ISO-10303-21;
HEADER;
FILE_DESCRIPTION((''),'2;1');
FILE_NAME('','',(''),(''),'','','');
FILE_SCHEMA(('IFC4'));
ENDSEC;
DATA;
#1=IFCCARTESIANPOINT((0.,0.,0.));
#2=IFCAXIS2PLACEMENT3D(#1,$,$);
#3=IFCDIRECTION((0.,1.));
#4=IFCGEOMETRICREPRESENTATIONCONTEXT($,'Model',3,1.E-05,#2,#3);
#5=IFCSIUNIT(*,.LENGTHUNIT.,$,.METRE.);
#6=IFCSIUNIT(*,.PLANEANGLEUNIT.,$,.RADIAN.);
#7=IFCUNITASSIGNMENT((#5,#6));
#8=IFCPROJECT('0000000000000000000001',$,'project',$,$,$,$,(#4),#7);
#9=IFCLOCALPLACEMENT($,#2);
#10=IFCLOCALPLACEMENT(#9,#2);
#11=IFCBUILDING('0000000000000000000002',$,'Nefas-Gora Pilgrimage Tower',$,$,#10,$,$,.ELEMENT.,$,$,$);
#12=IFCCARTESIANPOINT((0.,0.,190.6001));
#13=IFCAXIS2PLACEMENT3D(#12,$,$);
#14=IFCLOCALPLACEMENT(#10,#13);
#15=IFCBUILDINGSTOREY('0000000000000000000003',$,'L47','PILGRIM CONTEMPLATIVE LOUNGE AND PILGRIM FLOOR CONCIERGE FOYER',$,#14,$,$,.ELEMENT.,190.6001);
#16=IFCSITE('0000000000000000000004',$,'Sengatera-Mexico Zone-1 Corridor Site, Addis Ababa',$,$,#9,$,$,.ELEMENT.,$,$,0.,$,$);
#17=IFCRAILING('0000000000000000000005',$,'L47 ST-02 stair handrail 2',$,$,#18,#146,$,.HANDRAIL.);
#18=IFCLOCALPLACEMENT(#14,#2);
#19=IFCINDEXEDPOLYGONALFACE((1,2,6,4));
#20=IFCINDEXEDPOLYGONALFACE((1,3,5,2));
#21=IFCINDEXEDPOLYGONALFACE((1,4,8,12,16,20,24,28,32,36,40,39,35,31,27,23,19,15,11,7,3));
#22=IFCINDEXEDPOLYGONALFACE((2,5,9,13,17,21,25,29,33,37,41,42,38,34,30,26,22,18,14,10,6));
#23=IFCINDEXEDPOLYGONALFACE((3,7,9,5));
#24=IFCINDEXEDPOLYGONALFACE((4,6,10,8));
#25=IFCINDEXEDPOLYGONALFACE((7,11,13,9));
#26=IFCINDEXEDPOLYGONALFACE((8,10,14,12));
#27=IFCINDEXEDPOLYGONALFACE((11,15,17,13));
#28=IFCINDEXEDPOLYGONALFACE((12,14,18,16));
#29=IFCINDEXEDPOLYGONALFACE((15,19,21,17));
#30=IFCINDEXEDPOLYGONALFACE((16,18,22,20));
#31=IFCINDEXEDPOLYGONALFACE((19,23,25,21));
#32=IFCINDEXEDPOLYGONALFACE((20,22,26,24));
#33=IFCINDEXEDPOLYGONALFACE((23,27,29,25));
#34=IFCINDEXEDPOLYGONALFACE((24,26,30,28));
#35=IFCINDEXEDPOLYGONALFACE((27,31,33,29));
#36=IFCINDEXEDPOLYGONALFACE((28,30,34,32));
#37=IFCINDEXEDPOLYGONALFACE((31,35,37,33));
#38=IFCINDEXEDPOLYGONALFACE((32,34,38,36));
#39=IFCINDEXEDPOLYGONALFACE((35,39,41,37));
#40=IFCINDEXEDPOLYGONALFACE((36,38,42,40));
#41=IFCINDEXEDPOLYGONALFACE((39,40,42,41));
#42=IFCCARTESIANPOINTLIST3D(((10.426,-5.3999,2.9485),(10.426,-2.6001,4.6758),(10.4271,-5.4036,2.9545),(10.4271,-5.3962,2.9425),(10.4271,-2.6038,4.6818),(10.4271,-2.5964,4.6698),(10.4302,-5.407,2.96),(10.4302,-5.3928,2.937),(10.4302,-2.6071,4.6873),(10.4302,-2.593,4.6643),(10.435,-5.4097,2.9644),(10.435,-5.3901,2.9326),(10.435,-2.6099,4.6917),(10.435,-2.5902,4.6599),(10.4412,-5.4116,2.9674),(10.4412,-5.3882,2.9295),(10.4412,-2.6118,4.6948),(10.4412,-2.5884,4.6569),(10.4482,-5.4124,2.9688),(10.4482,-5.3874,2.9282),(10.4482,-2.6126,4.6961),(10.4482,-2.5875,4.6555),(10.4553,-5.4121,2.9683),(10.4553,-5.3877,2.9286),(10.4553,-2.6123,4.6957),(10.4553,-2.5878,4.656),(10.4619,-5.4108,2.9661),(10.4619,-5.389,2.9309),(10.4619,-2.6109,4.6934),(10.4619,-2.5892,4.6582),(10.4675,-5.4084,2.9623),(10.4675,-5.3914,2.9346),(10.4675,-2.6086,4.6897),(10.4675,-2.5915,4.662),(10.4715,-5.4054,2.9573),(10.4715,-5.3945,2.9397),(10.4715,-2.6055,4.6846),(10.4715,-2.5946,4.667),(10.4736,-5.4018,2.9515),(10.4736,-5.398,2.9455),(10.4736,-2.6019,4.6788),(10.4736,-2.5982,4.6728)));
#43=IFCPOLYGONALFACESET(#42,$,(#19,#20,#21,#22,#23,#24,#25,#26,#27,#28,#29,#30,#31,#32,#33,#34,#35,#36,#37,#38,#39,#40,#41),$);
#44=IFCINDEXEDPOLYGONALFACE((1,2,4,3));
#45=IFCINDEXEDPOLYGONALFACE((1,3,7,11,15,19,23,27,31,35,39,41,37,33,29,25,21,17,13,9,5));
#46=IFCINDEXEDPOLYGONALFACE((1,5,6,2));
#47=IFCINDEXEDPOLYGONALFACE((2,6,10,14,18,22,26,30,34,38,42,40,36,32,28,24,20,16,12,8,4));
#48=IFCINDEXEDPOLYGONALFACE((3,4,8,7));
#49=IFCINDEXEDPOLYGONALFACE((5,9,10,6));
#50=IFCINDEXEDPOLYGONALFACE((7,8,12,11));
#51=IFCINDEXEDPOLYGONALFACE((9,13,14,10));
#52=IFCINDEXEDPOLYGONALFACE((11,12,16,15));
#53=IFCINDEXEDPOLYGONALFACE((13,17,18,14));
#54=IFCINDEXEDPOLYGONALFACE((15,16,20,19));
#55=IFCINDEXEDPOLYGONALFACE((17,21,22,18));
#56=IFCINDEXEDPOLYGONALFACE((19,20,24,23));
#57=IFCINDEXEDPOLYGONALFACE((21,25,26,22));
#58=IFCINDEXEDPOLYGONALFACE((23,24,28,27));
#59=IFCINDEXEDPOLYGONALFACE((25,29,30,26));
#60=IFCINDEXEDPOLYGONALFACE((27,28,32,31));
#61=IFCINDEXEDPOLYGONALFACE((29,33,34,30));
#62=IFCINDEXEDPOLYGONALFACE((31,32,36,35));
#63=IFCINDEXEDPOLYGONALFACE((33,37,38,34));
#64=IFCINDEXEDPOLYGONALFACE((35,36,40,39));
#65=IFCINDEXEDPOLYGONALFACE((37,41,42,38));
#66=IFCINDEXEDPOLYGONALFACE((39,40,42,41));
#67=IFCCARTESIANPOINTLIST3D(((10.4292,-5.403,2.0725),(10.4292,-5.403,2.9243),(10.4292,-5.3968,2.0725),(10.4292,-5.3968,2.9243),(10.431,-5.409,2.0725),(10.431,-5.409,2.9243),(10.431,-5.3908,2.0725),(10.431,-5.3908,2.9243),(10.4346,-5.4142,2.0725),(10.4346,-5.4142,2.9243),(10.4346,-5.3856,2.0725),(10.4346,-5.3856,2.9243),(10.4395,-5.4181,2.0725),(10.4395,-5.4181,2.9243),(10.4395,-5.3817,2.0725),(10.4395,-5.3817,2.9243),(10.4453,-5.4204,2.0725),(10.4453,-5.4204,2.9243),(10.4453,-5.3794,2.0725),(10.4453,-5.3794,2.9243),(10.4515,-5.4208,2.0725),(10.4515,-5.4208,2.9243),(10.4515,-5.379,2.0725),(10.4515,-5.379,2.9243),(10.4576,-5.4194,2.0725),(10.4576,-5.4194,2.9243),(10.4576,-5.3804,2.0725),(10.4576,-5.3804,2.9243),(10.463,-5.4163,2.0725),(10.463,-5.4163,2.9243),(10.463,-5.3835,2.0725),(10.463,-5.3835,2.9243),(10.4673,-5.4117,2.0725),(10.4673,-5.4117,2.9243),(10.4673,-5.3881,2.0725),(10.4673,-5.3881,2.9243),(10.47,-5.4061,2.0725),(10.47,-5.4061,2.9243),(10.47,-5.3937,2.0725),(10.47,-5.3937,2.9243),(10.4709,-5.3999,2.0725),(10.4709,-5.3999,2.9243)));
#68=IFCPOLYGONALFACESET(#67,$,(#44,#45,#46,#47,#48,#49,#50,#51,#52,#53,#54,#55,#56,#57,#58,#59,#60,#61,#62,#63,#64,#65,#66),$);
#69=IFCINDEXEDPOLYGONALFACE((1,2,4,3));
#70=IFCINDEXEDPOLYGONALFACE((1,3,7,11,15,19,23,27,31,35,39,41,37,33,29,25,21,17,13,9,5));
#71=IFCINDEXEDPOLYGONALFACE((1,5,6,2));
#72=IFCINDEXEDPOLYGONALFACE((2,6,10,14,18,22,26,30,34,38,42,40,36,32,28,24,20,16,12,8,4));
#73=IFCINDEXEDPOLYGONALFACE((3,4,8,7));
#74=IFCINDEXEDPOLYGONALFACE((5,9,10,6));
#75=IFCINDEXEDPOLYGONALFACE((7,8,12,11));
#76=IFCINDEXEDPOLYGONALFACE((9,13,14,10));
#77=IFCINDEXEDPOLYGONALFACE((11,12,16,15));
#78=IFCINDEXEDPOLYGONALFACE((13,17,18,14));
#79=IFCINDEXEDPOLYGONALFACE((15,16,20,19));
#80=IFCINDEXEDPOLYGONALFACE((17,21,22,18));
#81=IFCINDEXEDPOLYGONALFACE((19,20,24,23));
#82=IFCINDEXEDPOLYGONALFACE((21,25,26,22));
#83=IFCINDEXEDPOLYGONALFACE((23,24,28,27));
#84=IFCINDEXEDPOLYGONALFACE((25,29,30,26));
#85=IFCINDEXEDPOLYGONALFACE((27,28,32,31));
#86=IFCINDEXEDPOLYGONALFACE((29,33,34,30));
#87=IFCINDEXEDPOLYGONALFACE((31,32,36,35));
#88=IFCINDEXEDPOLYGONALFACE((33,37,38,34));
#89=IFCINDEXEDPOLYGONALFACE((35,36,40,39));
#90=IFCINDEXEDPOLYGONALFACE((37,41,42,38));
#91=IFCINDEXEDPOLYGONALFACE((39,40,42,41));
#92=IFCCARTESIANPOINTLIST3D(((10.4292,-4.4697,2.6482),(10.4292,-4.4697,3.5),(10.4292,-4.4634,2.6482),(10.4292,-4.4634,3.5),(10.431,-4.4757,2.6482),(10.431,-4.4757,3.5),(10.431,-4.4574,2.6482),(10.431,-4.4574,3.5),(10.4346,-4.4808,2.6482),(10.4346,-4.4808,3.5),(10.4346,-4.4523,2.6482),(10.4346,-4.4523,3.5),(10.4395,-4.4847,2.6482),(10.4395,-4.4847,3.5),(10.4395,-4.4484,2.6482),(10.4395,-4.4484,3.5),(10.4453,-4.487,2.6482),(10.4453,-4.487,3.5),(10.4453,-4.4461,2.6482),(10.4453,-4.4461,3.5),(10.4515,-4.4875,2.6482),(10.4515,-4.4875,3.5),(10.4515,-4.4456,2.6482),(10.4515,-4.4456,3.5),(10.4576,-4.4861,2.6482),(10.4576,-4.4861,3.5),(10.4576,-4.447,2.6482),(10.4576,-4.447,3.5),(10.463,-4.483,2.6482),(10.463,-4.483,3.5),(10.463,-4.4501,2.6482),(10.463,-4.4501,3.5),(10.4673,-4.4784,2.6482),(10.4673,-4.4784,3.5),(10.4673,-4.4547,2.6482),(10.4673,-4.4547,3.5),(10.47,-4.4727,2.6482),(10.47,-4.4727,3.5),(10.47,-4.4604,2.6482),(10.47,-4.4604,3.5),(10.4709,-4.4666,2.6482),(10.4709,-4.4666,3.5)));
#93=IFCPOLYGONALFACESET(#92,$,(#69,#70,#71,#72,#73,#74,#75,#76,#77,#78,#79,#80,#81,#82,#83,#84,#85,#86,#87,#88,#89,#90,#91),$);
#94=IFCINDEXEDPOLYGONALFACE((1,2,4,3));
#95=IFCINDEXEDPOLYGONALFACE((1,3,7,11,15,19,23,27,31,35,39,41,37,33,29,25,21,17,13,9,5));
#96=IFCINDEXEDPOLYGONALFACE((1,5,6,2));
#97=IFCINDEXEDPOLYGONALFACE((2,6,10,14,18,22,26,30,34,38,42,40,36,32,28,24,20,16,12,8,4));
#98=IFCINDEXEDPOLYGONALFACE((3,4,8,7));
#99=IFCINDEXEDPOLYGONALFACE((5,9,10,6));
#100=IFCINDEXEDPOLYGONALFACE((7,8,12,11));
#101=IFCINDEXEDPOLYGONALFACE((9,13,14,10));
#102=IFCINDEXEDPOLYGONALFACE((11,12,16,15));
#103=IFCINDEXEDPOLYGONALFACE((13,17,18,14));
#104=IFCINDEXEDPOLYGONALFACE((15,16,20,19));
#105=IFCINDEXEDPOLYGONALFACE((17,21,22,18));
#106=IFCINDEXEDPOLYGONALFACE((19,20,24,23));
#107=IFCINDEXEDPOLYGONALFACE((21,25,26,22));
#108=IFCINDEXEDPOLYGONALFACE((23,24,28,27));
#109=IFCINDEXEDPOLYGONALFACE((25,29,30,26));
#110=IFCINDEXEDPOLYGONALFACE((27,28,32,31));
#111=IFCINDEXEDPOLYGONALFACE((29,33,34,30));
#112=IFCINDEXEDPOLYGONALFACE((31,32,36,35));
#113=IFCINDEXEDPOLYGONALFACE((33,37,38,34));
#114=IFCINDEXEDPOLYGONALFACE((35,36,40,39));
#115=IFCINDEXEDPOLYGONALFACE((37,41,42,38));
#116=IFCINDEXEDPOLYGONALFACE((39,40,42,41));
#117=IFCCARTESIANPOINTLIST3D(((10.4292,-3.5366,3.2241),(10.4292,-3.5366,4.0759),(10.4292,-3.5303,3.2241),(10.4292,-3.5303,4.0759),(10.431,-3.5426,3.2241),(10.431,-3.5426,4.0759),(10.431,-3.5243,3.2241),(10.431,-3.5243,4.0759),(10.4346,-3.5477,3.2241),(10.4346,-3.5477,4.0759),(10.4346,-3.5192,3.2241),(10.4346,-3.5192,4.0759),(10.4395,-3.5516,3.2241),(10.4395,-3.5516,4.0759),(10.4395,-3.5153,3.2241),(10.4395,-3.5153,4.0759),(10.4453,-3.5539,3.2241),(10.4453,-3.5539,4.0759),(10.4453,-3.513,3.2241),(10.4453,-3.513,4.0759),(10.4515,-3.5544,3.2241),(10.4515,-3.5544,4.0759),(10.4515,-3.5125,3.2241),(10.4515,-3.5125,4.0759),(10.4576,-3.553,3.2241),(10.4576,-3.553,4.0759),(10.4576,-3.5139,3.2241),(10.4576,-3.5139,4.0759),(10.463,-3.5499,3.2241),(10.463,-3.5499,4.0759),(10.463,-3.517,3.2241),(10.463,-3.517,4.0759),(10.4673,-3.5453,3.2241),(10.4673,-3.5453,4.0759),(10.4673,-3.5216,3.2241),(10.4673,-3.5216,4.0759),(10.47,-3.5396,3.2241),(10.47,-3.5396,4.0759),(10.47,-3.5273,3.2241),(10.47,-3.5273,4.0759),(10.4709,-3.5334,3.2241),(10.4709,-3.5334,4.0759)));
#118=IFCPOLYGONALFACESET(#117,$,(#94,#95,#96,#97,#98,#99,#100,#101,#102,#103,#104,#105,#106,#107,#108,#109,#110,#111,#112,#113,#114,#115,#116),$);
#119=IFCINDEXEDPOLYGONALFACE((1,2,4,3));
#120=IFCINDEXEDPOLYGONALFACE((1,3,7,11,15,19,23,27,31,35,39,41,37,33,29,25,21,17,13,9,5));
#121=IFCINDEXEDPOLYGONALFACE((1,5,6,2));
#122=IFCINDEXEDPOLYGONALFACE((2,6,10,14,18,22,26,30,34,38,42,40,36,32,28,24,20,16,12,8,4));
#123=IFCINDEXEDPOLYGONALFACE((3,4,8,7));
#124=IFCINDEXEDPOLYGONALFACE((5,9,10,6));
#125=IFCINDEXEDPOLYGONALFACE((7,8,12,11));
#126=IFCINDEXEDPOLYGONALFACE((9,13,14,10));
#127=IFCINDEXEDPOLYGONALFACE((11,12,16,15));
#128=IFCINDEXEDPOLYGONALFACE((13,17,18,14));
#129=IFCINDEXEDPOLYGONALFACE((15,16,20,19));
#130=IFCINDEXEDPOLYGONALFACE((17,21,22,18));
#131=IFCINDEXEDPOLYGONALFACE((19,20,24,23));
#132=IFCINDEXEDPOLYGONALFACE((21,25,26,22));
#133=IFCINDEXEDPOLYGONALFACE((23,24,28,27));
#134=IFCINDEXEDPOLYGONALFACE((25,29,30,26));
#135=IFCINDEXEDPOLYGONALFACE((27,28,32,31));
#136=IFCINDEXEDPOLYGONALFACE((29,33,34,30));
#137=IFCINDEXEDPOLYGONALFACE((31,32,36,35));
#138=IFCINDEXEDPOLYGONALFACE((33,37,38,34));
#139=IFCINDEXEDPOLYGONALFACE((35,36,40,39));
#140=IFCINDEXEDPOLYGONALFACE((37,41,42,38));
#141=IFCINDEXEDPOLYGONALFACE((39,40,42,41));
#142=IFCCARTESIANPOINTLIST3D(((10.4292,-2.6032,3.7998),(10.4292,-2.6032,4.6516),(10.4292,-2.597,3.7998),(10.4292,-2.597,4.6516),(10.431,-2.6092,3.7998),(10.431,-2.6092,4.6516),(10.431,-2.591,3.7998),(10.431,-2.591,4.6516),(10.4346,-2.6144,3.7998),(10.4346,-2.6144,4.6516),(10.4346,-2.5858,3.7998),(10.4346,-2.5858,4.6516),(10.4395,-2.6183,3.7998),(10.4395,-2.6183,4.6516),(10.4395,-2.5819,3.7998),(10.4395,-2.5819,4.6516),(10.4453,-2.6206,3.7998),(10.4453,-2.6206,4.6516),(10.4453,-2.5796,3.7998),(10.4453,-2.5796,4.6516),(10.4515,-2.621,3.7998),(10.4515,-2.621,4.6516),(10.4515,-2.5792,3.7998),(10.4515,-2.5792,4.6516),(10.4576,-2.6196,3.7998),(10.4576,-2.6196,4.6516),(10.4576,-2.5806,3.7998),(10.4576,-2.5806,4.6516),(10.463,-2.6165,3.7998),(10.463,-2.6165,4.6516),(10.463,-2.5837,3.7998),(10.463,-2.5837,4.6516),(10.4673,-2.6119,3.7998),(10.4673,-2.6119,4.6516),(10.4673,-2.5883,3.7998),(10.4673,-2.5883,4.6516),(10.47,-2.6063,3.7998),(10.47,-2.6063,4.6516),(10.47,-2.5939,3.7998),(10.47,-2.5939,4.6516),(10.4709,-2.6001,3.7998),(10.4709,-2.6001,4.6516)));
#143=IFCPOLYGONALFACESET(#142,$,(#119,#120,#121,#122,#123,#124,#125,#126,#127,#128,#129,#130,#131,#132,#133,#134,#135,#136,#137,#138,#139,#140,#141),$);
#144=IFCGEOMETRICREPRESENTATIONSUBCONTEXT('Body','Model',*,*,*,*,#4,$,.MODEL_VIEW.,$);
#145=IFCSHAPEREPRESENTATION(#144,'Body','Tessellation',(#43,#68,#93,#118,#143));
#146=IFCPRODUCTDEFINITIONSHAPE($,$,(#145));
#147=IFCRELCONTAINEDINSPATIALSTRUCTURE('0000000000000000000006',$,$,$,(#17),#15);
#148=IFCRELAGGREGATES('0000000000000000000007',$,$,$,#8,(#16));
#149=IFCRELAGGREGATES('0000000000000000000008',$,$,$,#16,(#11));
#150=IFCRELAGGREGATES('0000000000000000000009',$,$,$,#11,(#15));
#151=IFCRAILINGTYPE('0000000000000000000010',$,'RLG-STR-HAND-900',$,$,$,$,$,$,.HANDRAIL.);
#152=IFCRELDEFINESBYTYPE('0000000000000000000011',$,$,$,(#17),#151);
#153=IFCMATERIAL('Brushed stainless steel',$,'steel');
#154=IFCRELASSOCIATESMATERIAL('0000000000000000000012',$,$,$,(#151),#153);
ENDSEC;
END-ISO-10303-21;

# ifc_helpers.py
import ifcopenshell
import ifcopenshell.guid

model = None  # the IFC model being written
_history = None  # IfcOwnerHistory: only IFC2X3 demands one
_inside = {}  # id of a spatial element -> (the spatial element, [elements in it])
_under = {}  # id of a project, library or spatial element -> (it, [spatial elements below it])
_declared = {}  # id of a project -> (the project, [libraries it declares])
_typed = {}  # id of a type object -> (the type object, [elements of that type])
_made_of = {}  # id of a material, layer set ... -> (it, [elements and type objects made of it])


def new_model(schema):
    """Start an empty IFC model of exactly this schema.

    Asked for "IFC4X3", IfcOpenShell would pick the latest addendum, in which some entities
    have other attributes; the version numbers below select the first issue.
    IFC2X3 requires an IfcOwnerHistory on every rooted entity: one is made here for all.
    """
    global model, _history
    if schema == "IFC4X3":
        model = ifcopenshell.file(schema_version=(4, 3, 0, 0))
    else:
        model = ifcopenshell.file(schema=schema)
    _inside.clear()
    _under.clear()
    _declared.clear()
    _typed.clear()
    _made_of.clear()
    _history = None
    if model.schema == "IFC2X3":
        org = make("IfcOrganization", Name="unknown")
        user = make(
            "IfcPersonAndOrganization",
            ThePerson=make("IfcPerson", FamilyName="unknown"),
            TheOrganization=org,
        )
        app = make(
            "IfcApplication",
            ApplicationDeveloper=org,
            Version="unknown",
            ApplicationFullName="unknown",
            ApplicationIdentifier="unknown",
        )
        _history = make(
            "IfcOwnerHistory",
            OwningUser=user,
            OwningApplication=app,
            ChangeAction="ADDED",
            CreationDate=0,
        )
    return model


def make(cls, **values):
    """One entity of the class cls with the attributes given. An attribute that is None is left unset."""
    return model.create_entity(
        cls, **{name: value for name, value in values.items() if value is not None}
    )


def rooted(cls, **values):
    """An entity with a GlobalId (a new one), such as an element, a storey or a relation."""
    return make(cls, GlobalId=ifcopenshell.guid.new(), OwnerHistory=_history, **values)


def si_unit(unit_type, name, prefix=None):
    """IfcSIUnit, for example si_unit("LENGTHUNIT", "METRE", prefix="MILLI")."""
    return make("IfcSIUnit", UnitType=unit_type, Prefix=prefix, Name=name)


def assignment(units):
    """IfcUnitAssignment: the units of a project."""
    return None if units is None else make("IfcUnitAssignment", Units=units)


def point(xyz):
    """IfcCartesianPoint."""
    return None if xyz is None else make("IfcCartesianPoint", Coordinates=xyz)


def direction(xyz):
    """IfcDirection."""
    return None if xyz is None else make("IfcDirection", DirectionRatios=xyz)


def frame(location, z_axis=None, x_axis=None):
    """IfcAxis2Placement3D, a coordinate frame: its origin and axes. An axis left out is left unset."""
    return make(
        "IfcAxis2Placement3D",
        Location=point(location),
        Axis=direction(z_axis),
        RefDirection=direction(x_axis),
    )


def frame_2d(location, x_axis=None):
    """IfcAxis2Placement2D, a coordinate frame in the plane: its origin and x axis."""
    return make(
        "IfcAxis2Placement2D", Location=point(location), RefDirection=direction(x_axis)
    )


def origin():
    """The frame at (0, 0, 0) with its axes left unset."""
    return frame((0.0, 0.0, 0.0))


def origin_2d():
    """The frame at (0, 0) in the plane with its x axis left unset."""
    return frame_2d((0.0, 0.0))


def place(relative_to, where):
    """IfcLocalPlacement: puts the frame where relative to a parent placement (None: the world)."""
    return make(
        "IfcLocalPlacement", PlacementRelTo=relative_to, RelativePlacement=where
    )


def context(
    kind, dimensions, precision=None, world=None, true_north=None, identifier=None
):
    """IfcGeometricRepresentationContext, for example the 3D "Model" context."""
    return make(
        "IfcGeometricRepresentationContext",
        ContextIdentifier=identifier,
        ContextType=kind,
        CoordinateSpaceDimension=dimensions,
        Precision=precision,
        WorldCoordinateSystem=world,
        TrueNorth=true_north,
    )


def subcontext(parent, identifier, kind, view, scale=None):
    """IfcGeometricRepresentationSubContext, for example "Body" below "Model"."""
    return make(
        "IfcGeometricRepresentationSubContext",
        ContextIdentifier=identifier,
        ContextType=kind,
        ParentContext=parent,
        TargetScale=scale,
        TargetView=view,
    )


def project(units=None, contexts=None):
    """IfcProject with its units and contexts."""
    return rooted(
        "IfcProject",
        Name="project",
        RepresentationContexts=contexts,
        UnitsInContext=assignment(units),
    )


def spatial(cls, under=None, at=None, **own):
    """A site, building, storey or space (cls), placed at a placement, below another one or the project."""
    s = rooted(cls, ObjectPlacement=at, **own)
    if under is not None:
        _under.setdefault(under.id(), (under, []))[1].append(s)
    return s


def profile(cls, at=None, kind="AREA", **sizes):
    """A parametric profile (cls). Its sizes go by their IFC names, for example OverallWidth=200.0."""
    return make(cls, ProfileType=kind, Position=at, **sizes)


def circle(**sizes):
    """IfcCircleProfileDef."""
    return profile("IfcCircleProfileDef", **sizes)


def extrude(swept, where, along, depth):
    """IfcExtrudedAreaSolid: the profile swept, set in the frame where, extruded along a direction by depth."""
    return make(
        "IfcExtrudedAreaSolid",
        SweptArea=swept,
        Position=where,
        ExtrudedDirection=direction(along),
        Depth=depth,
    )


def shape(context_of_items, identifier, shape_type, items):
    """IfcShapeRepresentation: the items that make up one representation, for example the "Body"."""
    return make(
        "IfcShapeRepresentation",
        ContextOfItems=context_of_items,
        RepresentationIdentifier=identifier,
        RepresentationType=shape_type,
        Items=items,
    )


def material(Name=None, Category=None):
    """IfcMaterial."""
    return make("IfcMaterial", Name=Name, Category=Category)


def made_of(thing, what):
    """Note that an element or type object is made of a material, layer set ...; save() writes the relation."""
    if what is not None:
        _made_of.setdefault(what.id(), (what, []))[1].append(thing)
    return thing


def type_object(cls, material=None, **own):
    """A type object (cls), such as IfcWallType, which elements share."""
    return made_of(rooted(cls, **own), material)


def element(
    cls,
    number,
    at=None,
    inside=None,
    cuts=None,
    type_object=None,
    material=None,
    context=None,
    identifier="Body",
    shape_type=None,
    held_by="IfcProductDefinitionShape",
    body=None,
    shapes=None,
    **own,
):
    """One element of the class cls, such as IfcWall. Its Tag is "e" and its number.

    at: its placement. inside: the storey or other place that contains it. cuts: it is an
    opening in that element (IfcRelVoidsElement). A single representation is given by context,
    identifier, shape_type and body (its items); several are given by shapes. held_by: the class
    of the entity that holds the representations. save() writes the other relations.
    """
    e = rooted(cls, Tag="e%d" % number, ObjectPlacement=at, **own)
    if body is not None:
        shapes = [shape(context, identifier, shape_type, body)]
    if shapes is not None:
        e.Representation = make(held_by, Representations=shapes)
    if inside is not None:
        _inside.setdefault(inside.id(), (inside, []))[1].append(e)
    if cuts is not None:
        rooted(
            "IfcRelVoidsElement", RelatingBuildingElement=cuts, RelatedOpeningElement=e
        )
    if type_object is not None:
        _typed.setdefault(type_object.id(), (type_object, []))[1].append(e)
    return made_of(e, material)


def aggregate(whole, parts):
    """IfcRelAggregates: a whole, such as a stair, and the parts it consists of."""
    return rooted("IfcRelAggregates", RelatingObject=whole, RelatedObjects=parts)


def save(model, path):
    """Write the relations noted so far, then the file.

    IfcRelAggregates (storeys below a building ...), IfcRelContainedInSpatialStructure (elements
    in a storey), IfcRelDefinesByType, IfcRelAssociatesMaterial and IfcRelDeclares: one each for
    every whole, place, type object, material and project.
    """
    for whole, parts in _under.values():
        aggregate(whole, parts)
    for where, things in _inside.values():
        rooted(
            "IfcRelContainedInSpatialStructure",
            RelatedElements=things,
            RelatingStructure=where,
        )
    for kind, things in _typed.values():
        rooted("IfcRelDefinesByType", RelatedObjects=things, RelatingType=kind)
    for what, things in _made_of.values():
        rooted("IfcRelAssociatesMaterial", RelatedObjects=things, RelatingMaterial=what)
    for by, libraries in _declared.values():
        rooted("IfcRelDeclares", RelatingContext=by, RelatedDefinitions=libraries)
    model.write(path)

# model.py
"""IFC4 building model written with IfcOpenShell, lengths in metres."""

from ifc_helpers import new_model, si_unit, direction, frame, origin, origin_2d, place, context, subcontext, project, spatial, circle, extrude, material, type_object, element, save


model = new_model("IFC4")

# Units and contexts
model_context = context("Model", 3, precision=1e-05, world=origin(), true_north=direction((0.0, 1.0)))
body_context = subcontext(model_context, "Body", "Model", "MODEL_VIEW")
ifc_project = project(units=[si_unit("LENGTHUNIT", "METRE"), si_unit("PLANEANGLEUNIT", "RADIAN")], contexts=[model_context])

# Site, building, storey
site_placement = place(None, origin())
site = spatial("IfcSite", under=ifc_project, at=site_placement, Name="Sengatera-Mexico Zone-1 Corridor Site, Addis Ababa", CompositionType="ELEMENT", RefElevation=0.0)
building_placement = place(site_placement, origin())
building = spatial("IfcBuilding", under=site, at=building_placement, Name="Nefas-Gora Pilgrimage Tower", CompositionType="ELEMENT")
storey_placement = place(building_placement, frame((0.0, 0.0, 190.6001)))
storey = spatial("IfcBuildingStorey", under=building, at=storey_placement, Name="L47", Description="PILGRIM CONTEMPLATIVE LOUNGE AND PILGRIM FLOOR CONCIERGE FOYER", CompositionType="ELEMENT", Elevation=190.6001)

# Railing
ifc_material_1 = material(Name="Brushed stainless steel", Category="steel")
railing_type_1 = type_object("IfcRailingType", Name="RLG-STR-HAND-900", PredefinedType="HANDRAIL", material=ifc_material_1)
railing_1_placement = place(storey_placement, frame((10.45, -5.3999, 2.0725)))
element("IfcRailing", 1, at=railing_1_placement, inside=storey, type_object=railing_type_1, Name="L47 ST-02 stair handrail 2", PredefinedType="HANDRAIL", context=body_context, shape_type="SweptSolid", body=[
    extrude(circle(Radius=0.0239, at=origin_2d()), frame((0.0, 0.0, 0.876), z_axis=(0.0, 0.851069, 0.525054), x_axis=(-1.0, 0.0, 0.0)), (0.0, 0.0, 1.0), 3.2898),
    extrude(circle(Radius=0.021, at=origin_2d()), origin(), (0.0, 0.0, 1.0), 0.8518),
    extrude(circle(Radius=0.021, at=origin_2d()), frame((0.0, 0.9333, 0.5757)), (0.0, 0.0, 1.0), 0.8518),
    extrude(circle(Radius=0.021, at=origin_2d()), frame((0.0, 1.8665, 1.1516)), (0.0, 0.0, 1.0), 0.8518),
    extrude(circle(Radius=0.021, at=origin_2d()), frame((0.0, 2.7998, 1.7273)), (0.0, 0.0, 1.0), 0.8518),
])

save(model, "model.ifc")
